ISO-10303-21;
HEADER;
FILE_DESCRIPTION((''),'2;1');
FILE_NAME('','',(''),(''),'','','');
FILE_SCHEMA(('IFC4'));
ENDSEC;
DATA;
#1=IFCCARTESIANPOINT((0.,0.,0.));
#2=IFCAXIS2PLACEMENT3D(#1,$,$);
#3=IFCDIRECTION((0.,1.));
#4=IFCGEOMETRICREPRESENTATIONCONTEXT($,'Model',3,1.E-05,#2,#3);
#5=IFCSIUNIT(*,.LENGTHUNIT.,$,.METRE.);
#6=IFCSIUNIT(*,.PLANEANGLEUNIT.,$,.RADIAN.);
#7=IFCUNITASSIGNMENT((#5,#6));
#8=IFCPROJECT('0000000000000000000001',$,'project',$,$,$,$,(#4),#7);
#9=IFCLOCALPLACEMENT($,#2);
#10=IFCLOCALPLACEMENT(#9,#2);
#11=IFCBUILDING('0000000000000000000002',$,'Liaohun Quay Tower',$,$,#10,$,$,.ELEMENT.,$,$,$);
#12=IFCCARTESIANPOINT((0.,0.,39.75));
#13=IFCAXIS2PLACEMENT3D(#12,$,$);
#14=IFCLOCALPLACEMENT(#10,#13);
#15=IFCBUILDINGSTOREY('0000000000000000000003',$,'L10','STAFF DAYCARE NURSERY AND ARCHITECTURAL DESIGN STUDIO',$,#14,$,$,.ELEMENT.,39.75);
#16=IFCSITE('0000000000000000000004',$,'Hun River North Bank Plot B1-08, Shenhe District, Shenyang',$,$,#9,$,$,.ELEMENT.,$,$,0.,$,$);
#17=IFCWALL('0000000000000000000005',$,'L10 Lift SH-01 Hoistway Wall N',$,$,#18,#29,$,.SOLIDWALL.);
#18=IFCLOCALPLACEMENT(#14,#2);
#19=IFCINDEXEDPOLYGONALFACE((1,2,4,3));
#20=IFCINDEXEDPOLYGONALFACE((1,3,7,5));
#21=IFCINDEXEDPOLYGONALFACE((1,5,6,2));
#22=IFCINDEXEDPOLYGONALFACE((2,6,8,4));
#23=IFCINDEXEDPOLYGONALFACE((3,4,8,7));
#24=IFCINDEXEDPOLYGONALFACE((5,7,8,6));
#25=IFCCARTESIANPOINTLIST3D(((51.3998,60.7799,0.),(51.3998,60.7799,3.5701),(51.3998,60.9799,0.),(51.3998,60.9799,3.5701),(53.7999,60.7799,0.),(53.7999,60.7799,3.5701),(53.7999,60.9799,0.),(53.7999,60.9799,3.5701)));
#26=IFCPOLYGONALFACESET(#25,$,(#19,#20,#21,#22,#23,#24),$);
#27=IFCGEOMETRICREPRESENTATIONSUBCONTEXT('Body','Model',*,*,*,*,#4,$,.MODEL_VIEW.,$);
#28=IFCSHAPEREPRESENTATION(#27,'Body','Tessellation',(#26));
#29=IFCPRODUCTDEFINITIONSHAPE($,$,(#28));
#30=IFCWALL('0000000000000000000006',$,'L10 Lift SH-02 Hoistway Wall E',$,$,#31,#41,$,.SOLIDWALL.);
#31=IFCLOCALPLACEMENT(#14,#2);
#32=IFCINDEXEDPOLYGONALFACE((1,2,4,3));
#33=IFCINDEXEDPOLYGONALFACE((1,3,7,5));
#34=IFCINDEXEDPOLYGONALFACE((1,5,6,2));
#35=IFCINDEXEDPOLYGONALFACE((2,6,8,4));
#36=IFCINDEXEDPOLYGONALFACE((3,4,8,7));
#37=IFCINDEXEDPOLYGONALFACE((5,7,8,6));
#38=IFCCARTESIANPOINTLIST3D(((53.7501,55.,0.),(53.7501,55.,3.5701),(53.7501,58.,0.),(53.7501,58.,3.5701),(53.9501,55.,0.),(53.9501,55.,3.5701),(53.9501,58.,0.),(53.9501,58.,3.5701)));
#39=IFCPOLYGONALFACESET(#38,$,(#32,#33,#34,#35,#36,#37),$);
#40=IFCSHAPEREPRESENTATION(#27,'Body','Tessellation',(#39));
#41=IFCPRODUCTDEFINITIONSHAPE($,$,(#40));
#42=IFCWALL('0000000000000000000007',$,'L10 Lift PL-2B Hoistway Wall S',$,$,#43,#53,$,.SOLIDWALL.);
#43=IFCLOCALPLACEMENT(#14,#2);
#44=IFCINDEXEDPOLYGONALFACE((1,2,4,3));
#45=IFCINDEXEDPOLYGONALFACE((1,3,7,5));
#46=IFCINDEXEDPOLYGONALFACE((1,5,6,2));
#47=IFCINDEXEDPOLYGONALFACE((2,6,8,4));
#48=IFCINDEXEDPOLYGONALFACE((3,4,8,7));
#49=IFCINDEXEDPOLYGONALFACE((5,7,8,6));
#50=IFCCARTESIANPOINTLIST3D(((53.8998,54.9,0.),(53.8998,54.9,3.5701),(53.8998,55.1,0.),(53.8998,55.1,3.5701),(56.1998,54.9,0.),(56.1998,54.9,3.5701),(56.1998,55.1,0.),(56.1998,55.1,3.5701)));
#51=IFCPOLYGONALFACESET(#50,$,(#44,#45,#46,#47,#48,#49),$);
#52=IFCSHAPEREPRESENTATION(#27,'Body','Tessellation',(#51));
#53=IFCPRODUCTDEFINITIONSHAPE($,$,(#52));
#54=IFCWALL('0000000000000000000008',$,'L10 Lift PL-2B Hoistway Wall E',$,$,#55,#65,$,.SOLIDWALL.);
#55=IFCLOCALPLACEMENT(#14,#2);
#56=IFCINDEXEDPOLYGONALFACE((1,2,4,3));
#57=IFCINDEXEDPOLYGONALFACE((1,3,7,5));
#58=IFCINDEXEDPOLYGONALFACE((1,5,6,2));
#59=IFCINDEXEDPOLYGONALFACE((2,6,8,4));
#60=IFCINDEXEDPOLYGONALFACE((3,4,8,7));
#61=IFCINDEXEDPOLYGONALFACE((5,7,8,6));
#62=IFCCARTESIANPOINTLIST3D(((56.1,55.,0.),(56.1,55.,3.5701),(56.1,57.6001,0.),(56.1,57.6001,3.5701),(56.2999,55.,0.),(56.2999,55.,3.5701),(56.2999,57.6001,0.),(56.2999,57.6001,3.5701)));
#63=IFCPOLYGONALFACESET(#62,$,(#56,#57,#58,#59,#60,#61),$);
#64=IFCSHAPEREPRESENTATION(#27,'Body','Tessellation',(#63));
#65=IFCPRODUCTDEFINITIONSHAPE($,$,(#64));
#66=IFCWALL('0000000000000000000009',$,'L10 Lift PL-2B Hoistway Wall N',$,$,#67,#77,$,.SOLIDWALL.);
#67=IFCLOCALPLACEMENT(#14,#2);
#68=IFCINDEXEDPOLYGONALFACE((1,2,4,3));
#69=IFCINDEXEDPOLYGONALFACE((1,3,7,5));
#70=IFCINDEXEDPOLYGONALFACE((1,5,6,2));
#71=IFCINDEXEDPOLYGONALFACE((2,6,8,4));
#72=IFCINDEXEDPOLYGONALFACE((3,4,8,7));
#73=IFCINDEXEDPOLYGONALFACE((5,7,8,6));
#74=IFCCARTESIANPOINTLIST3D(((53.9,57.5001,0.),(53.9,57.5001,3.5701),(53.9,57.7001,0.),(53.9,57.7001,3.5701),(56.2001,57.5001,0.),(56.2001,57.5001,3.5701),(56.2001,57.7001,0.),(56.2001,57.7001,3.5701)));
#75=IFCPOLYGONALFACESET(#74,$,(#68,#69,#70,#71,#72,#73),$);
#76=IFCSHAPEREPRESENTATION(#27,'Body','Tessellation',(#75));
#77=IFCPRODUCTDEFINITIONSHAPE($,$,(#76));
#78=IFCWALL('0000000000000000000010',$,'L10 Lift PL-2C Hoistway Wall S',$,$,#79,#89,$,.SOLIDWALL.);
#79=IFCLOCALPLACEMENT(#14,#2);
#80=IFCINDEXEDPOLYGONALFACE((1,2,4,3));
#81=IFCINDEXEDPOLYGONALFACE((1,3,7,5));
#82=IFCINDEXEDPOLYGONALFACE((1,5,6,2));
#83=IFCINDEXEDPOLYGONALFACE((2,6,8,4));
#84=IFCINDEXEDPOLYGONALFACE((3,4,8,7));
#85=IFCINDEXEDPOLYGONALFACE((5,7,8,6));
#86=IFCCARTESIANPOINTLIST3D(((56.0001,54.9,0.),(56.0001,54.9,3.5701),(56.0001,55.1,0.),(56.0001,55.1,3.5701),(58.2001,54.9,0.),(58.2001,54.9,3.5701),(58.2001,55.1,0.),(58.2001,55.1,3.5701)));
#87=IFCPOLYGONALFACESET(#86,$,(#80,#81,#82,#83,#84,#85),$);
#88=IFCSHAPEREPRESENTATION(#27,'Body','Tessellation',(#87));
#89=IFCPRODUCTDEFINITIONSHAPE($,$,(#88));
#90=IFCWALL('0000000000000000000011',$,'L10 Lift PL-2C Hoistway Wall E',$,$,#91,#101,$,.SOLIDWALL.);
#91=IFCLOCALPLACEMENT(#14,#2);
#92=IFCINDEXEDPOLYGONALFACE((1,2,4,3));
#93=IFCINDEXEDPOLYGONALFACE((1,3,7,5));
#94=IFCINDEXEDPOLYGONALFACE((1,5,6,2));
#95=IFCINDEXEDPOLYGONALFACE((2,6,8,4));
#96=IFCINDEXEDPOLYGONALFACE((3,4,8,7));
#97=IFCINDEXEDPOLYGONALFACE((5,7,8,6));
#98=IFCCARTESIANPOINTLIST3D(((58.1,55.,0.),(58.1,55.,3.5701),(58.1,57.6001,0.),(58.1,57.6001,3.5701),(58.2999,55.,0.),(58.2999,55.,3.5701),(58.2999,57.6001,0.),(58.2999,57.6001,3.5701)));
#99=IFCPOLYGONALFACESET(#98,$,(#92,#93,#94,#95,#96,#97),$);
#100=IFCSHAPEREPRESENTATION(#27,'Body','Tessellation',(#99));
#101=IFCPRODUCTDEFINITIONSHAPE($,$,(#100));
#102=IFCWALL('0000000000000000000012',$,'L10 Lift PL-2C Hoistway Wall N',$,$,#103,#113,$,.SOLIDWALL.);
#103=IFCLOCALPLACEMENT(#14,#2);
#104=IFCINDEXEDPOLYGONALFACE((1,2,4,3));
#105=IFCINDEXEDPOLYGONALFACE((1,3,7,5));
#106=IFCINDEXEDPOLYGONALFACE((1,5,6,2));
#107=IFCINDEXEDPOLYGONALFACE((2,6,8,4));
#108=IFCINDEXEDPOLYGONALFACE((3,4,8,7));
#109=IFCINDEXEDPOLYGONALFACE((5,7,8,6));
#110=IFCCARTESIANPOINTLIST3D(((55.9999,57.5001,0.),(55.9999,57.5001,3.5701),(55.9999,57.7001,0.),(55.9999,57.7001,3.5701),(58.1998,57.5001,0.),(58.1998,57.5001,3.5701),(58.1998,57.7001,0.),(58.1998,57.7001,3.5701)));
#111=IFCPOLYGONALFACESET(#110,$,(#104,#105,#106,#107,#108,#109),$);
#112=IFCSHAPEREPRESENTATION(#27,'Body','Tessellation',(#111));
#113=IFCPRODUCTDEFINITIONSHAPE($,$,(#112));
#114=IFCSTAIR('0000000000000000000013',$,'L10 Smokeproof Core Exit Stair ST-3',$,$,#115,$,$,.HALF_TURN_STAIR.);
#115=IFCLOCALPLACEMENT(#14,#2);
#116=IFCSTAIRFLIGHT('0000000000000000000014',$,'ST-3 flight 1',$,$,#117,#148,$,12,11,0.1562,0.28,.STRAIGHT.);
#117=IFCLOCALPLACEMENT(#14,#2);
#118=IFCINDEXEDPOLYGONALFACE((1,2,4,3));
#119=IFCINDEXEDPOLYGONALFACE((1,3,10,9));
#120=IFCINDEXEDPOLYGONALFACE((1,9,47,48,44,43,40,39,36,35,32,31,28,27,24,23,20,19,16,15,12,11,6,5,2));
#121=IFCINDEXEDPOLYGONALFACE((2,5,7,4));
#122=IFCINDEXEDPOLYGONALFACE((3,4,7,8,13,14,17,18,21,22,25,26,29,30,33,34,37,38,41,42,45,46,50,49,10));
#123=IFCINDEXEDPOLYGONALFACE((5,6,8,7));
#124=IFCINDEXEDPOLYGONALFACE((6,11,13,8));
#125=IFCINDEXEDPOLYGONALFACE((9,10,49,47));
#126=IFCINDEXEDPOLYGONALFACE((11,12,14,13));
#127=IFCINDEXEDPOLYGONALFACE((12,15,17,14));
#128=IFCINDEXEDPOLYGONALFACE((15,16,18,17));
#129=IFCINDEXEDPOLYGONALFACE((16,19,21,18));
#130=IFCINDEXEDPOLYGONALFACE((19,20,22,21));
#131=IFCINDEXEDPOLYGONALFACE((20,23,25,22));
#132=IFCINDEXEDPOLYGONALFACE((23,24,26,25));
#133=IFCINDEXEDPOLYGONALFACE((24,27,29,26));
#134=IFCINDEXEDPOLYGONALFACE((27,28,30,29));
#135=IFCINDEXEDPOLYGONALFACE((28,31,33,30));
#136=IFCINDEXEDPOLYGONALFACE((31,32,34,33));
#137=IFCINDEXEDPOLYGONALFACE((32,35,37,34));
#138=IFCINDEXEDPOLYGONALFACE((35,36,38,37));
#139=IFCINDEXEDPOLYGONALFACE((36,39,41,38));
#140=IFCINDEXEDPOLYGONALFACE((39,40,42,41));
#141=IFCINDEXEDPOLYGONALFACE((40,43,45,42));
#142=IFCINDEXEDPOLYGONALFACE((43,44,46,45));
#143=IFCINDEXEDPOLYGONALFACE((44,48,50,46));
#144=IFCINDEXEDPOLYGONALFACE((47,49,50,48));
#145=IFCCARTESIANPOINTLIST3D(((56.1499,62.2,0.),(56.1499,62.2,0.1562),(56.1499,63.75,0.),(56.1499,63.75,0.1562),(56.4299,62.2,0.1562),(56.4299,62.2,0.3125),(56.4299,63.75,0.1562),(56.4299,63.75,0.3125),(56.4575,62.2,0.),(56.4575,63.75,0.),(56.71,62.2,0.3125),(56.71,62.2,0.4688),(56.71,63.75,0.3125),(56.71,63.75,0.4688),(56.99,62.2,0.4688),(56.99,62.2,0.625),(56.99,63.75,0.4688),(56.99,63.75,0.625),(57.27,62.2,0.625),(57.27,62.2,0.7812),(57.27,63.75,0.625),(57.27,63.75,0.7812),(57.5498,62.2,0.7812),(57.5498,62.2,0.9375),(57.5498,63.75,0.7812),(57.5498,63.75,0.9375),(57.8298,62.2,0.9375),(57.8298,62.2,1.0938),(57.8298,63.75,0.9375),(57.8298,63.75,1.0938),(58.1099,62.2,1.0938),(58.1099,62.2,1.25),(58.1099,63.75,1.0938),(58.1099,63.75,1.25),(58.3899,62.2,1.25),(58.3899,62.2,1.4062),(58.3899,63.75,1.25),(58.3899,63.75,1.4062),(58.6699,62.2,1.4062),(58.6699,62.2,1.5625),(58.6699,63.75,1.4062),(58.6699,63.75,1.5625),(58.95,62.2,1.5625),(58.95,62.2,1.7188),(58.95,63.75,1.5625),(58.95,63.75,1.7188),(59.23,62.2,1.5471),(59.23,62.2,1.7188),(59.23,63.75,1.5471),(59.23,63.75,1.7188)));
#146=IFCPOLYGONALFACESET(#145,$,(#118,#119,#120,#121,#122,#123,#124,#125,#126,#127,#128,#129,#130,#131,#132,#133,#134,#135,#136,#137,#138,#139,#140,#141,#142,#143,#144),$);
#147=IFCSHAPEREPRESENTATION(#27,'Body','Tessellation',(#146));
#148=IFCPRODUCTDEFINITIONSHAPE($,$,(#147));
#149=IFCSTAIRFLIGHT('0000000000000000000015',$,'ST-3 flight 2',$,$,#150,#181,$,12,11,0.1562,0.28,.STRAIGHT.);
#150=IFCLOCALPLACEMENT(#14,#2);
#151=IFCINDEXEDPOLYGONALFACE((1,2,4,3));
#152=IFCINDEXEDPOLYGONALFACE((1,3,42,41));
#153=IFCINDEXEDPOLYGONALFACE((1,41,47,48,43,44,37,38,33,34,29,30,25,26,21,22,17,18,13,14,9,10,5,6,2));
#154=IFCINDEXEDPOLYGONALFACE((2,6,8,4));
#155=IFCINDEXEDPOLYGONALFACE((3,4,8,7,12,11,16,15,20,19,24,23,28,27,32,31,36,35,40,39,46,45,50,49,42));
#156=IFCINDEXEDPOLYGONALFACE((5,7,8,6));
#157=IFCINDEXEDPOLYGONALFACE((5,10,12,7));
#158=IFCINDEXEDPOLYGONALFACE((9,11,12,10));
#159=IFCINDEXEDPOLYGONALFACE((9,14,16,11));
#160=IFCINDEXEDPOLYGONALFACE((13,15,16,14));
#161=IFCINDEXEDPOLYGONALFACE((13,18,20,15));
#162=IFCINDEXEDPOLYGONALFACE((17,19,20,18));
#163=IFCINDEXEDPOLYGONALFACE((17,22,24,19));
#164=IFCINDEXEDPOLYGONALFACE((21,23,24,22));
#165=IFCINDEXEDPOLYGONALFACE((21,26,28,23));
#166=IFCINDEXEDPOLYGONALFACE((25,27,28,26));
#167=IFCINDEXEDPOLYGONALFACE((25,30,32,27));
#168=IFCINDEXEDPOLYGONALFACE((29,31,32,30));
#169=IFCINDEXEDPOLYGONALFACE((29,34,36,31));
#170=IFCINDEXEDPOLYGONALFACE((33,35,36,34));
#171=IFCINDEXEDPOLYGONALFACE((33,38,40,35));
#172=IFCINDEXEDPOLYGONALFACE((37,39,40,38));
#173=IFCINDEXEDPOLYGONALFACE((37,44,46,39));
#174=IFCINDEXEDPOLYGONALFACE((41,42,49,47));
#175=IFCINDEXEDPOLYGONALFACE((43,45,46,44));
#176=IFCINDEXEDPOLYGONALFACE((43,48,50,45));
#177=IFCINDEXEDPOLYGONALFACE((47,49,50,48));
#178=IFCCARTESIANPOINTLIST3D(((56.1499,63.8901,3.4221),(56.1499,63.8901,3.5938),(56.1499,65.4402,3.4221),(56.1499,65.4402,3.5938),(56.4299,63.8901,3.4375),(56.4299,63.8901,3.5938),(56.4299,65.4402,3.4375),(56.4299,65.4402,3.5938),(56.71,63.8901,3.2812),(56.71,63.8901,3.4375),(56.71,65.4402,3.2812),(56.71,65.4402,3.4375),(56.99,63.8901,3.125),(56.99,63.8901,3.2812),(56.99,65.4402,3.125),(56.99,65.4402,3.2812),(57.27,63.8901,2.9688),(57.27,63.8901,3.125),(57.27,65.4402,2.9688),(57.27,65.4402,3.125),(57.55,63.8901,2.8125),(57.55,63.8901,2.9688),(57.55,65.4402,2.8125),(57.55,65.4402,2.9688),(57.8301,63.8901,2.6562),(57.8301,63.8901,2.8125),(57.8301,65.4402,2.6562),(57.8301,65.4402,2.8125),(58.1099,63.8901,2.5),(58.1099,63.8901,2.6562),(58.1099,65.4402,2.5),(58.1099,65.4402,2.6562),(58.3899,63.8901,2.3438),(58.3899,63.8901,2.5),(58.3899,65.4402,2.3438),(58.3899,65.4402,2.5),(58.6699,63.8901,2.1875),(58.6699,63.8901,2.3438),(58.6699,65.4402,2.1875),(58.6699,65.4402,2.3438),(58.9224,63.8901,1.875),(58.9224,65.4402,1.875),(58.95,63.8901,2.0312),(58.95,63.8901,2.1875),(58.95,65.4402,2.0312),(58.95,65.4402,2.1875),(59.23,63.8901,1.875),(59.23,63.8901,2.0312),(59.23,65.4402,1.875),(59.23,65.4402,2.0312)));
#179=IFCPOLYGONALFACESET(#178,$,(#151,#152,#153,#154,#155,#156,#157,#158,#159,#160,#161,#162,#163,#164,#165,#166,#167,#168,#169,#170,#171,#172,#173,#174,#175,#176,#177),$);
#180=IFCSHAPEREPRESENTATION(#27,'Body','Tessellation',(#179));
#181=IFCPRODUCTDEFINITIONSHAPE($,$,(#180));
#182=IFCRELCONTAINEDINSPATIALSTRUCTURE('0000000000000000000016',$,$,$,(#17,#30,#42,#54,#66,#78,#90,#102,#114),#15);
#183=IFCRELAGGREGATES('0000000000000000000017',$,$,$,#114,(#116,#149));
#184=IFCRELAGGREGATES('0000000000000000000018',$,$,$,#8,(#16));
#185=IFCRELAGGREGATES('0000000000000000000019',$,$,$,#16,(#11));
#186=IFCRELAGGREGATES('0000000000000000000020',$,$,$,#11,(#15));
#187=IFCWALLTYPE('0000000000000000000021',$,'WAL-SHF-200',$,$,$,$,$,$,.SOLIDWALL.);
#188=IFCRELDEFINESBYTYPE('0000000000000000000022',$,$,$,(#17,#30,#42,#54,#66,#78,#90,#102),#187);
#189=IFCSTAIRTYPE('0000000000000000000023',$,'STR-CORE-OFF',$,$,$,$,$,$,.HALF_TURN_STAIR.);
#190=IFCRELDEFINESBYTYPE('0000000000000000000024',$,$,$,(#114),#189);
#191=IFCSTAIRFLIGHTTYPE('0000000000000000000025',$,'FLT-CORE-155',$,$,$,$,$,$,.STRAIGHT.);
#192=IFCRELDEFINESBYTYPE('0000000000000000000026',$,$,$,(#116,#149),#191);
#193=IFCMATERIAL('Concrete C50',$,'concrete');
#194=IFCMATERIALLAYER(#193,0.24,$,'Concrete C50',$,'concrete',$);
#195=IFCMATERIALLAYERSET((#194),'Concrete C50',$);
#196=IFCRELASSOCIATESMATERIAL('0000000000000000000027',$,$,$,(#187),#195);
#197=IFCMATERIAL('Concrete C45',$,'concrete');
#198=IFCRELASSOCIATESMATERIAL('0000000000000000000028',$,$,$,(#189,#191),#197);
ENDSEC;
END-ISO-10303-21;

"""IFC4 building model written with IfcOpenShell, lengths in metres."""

from ifc_helpers import new_model, si_unit, direction, frame, frame_2d, origin, place, context, subcontext, project, spatial, polyline, rectangle, outline, extrude, material, layer, layer_set, type_object, element, aggregate, save


model = new_model("IFC4")

# Units and contexts
model_context = context("Model", 3, precision=1e-05, world=origin(), true_north=direction((0.0, 1.0)))
body_context = subcontext(model_context, "Body", "Model", "MODEL_VIEW")
ifc_project = project(units=[si_unit("LENGTHUNIT", "METRE"), si_unit("PLANEANGLEUNIT", "RADIAN")], contexts=[model_context])

# Site, building, storey
site_placement = place(None, origin())
site = spatial("IfcSite", under=ifc_project, at=site_placement, Name="Hun River North Bank Plot B1-08, Shenhe District, Shenyang", CompositionType="ELEMENT", RefElevation=0.0)
building_placement = place(site_placement, origin())
building = spatial("IfcBuilding", under=site, at=building_placement, Name="Liaohun Quay Tower", CompositionType="ELEMENT")
storey_placement = place(building_placement, frame((0.0, 0.0, 39.75)))
storey = spatial("IfcBuildingStorey", under=building, at=storey_placement, Name="L10", Description="STAFF DAYCARE NURSERY AND ARCHITECTURAL DESIGN STUDIO", CompositionType="ELEMENT", Elevation=39.75)

# Shared definitions
ifc_material_1 = material(Name="Concrete C50", Category="concrete")
ifc_layer_1 = layer(ifc_material_1, 0.24, Name="Concrete C50", Category="concrete")
ifc_layer_set_1 = layer_set([ifc_layer_1], Name="Concrete C50")
wall_type_1 = type_object("IfcWallType", Name="WAL-SHF-200", PredefinedType="SOLIDWALL", material=ifc_layer_set_1)

# Walls
wall_1_placement = place(storey_placement, frame((53.8, 60.8799, 0.0), z_axis=(0.0, 0.0, 1.0), x_axis=(-1.0, 0.0, 0.0)))
element("IfcWall", 1, at=wall_1_placement, inside=storey, type_object=wall_type_1, Name="L10 Lift SH-01 Hoistway Wall N", PredefinedType="SOLIDWALL", context=body_context, shape_type="SweptSolid", body=[
    extrude(rectangle(XDim=2.4001, YDim=0.2, at=frame_2d((1.2002, 0.0))), origin(), (0.0, 0.0, 1.0), 3.5701),
])
wall_2_placement = place(storey_placement, frame((53.8501, 55.0, 0.0), z_axis=(0.0, 0.0, 1.0), x_axis=(0.0, 1.0, 0.0)))
element("IfcWall", 2, at=wall_2_placement, inside=storey, type_object=wall_type_1, Name="L10 Lift SH-02 Hoistway Wall E", PredefinedType="SOLIDWALL", context=body_context, shape_type="SweptSolid", body=[
    extrude(rectangle(XDim=3.0, YDim=0.2, at=frame_2d((1.5, 0.0))), origin(), (0.0, 0.0, 1.0), 3.5701),
])
wall_3_placement = place(storey_placement, frame((53.8999, 55.0, 0.0), z_axis=(0.0, 0.0, 1.0), x_axis=(1.0, 0.0, 0.0)))
element("IfcWall", 3, at=wall_3_placement, inside=storey, type_object=wall_type_1, Name="L10 Lift PL-2B Hoistway Wall S", PredefinedType="SOLIDWALL", context=body_context, shape_type="SweptSolid", body=[
    extrude(rectangle(XDim=2.3, YDim=0.2, at=frame_2d((1.1499, 0.0))), origin(), (0.0, 0.0, 1.0), 3.5701),
])
wall_4_placement = place(storey_placement, frame((56.2, 55.0, 0.0), z_axis=(0.0, 0.0, 1.0), x_axis=(0.0, 1.0, 0.0)))
element("IfcWall", 4, at=wall_4_placement, inside=storey, type_object=wall_type_1, Name="L10 Lift PL-2B Hoistway Wall E", PredefinedType="SOLIDWALL", context=body_context, shape_type="SweptSolid", body=[
    extrude(rectangle(XDim=2.6001, YDim=0.2, at=frame_2d((1.3, 0.0))), origin(), (0.0, 0.0, 1.0), 3.5701),
])
wall_5_placement = place(storey_placement, frame((56.2, 57.6001, 0.0), z_axis=(0.0, 0.0, 1.0), x_axis=(-1.0, 0.0, 0.0)))
element("IfcWall", 5, at=wall_5_placement, inside=storey, type_object=wall_type_1, Name="L10 Lift PL-2B Hoistway Wall N", PredefinedType="SOLIDWALL", context=body_context, shape_type="SweptSolid", body=[
    extrude(rectangle(XDim=2.3, YDim=0.2, at=frame_2d((1.1499, 0.0))), origin(), (0.0, 0.0, 1.0), 3.5701),
])
wall_6_placement = place(storey_placement, frame((56.0, 55.0, 0.0), z_axis=(0.0, 0.0, 1.0), x_axis=(1.0, 0.0, 0.0)))
element("IfcWall", 6, at=wall_6_placement, inside=storey, type_object=wall_type_1, Name="L10 Lift PL-2C Hoistway Wall S", PredefinedType="SOLIDWALL", context=body_context, shape_type="SweptSolid", body=[
    extrude(rectangle(XDim=2.2, YDim=0.2, at=frame_2d((1.1001, 0.0))), origin(), (0.0, 0.0, 1.0), 3.5701),
])
wall_7_placement = place(storey_placement, frame((58.2, 55.0, 0.0), z_axis=(0.0, 0.0, 1.0), x_axis=(0.0, 1.0, 0.0)))
element("IfcWall", 7, at=wall_7_placement, inside=storey, type_object=wall_type_1, Name="L10 Lift PL-2C Hoistway Wall E", PredefinedType="SOLIDWALL", context=body_context, shape_type="SweptSolid", body=[
    extrude(rectangle(XDim=2.6001, YDim=0.2, at=frame_2d((1.3, 0.0))), origin(), (0.0, 0.0, 1.0), 3.5701),
])
wall_8_placement = place(storey_placement, frame((58.2, 57.6001, 0.0), z_axis=(0.0, 0.0, 1.0), x_axis=(-1.0, 0.0, 0.0)))
element("IfcWall", 8, at=wall_8_placement, inside=storey, type_object=wall_type_1, Name="L10 Lift PL-2C Hoistway Wall N", PredefinedType="SOLIDWALL", context=body_context, shape_type="SweptSolid", body=[
    extrude(rectangle(XDim=2.2, YDim=0.2, at=frame_2d((1.1001, 0.0))), origin(), (0.0, 0.0, 1.0), 3.5701),
])

# Stair, stair flights
ifc_material_2 = material(Name="Concrete C45", Category="concrete")
stair_type = type_object("IfcStairType", Name="STR-CORE-OFF", PredefinedType="HALF_TURN_STAIR", material=ifc_material_2)
stair_placement = place(storey_placement, origin())
stair = element("IfcStair", 9, at=stair_placement, inside=storey, type_object=stair_type, Name="L10 Smokeproof Core Exit Stair ST-3", PredefinedType="HALF_TURN_STAIR")
stair_flight_type = type_object("IfcStairFlightType", Name="FLT-CORE-155", PredefinedType="STRAIGHT", material=ifc_material_2)
stair_flight_1_placement = place(storey_placement, frame((56.1499, 62.9751, 0.0), z_axis=(0.0, 0.0, 1.0), x_axis=(1.0, 0.0, 0.0)))
stair_flight_1 = element("IfcStairFlight", 10, at=stair_flight_1_placement, type_object=stair_flight_type, Name="ST-3 flight 1", NumberOfRisers=12, NumberOfTreads=11, PredefinedType="STRAIGHT", RiserHeight=0.1562, TreadLength=0.28, context=body_context, shape_type="SweptSolid", body=[
    extrude(outline(polyline([(0.0, 0.0), (0.0, 0.1562), (0.28, 0.1562), (0.28, 0.3125), (0.5601, 0.3125), (0.5601, 0.4688), (0.8401, 0.4688), (0.8401, 0.625), (1.1201, 0.625), (1.1201, 0.7812), (1.3999, 0.7812), (1.3999, 0.9375), (1.6799, 0.9375), (1.6799, 1.0938), (1.96, 1.0938), (1.96, 1.25), (2.24, 1.25), (2.24, 1.4062), (2.52, 1.4062), (2.52, 1.5625), (2.8, 1.5625), (2.8, 1.7188), (3.0801, 1.7188), (3.0801, 1.875), (3.0801, 1.5471), (0.3076, 0.0), (0.0, 0.0)])), frame((0.0, 0.7749, 0.0), z_axis=(0.0, -1.0, 0.0), x_axis=(1.0, 0.0, 0.0)), (0.0, 0.0, 1.0), 1.55),
])
stair_flight_2_placement = place(storey_placement, frame((59.23, 64.665, 1.875), z_axis=(0.0, 0.0, 1.0), x_axis=(-1.0, 0.0, 0.0)))
stair_flight_2 = element("IfcStairFlight", 11, at=stair_flight_2_placement, type_object=stair_flight_type, Name="ST-3 flight 2", NumberOfRisers=12, NumberOfTreads=11, PredefinedType="STRAIGHT", RiserHeight=0.1562, TreadLength=0.28, context=body_context, shape_type="SweptSolid", body=[
    extrude(outline(polyline([(0.0, 0.0), (0.0, 0.1562), (0.28, 0.1562), (0.28, 0.3125), (0.5601, 0.3125), (0.5601, 0.4688), (0.8401, 0.4688), (0.8401, 0.625), (1.1201, 0.625), (1.1201, 0.7812), (1.3999, 0.7812), (1.3999, 0.9375), (1.6799, 0.9375), (1.6799, 1.0938), (1.96, 1.0938), (1.96, 1.25), (2.24, 1.25), (2.24, 1.4062), (2.52, 1.4062), (2.52, 1.5625), (2.8, 1.5625), (2.8, 1.7188), (3.0801, 1.7188), (3.0801, 1.875), (3.0801, 1.5471), (0.3076, 0.0), (0.0, 0.0)])), frame((0.0, 0.7749, 0.0), z_axis=(0.0, -1.0, 0.0), x_axis=(1.0, 0.0, 0.0)), (0.0, 0.0, 1.0), 1.55),
])
aggregate(stair, [stair_flight_1, stair_flight_2])

save(model, "model.ifc")
